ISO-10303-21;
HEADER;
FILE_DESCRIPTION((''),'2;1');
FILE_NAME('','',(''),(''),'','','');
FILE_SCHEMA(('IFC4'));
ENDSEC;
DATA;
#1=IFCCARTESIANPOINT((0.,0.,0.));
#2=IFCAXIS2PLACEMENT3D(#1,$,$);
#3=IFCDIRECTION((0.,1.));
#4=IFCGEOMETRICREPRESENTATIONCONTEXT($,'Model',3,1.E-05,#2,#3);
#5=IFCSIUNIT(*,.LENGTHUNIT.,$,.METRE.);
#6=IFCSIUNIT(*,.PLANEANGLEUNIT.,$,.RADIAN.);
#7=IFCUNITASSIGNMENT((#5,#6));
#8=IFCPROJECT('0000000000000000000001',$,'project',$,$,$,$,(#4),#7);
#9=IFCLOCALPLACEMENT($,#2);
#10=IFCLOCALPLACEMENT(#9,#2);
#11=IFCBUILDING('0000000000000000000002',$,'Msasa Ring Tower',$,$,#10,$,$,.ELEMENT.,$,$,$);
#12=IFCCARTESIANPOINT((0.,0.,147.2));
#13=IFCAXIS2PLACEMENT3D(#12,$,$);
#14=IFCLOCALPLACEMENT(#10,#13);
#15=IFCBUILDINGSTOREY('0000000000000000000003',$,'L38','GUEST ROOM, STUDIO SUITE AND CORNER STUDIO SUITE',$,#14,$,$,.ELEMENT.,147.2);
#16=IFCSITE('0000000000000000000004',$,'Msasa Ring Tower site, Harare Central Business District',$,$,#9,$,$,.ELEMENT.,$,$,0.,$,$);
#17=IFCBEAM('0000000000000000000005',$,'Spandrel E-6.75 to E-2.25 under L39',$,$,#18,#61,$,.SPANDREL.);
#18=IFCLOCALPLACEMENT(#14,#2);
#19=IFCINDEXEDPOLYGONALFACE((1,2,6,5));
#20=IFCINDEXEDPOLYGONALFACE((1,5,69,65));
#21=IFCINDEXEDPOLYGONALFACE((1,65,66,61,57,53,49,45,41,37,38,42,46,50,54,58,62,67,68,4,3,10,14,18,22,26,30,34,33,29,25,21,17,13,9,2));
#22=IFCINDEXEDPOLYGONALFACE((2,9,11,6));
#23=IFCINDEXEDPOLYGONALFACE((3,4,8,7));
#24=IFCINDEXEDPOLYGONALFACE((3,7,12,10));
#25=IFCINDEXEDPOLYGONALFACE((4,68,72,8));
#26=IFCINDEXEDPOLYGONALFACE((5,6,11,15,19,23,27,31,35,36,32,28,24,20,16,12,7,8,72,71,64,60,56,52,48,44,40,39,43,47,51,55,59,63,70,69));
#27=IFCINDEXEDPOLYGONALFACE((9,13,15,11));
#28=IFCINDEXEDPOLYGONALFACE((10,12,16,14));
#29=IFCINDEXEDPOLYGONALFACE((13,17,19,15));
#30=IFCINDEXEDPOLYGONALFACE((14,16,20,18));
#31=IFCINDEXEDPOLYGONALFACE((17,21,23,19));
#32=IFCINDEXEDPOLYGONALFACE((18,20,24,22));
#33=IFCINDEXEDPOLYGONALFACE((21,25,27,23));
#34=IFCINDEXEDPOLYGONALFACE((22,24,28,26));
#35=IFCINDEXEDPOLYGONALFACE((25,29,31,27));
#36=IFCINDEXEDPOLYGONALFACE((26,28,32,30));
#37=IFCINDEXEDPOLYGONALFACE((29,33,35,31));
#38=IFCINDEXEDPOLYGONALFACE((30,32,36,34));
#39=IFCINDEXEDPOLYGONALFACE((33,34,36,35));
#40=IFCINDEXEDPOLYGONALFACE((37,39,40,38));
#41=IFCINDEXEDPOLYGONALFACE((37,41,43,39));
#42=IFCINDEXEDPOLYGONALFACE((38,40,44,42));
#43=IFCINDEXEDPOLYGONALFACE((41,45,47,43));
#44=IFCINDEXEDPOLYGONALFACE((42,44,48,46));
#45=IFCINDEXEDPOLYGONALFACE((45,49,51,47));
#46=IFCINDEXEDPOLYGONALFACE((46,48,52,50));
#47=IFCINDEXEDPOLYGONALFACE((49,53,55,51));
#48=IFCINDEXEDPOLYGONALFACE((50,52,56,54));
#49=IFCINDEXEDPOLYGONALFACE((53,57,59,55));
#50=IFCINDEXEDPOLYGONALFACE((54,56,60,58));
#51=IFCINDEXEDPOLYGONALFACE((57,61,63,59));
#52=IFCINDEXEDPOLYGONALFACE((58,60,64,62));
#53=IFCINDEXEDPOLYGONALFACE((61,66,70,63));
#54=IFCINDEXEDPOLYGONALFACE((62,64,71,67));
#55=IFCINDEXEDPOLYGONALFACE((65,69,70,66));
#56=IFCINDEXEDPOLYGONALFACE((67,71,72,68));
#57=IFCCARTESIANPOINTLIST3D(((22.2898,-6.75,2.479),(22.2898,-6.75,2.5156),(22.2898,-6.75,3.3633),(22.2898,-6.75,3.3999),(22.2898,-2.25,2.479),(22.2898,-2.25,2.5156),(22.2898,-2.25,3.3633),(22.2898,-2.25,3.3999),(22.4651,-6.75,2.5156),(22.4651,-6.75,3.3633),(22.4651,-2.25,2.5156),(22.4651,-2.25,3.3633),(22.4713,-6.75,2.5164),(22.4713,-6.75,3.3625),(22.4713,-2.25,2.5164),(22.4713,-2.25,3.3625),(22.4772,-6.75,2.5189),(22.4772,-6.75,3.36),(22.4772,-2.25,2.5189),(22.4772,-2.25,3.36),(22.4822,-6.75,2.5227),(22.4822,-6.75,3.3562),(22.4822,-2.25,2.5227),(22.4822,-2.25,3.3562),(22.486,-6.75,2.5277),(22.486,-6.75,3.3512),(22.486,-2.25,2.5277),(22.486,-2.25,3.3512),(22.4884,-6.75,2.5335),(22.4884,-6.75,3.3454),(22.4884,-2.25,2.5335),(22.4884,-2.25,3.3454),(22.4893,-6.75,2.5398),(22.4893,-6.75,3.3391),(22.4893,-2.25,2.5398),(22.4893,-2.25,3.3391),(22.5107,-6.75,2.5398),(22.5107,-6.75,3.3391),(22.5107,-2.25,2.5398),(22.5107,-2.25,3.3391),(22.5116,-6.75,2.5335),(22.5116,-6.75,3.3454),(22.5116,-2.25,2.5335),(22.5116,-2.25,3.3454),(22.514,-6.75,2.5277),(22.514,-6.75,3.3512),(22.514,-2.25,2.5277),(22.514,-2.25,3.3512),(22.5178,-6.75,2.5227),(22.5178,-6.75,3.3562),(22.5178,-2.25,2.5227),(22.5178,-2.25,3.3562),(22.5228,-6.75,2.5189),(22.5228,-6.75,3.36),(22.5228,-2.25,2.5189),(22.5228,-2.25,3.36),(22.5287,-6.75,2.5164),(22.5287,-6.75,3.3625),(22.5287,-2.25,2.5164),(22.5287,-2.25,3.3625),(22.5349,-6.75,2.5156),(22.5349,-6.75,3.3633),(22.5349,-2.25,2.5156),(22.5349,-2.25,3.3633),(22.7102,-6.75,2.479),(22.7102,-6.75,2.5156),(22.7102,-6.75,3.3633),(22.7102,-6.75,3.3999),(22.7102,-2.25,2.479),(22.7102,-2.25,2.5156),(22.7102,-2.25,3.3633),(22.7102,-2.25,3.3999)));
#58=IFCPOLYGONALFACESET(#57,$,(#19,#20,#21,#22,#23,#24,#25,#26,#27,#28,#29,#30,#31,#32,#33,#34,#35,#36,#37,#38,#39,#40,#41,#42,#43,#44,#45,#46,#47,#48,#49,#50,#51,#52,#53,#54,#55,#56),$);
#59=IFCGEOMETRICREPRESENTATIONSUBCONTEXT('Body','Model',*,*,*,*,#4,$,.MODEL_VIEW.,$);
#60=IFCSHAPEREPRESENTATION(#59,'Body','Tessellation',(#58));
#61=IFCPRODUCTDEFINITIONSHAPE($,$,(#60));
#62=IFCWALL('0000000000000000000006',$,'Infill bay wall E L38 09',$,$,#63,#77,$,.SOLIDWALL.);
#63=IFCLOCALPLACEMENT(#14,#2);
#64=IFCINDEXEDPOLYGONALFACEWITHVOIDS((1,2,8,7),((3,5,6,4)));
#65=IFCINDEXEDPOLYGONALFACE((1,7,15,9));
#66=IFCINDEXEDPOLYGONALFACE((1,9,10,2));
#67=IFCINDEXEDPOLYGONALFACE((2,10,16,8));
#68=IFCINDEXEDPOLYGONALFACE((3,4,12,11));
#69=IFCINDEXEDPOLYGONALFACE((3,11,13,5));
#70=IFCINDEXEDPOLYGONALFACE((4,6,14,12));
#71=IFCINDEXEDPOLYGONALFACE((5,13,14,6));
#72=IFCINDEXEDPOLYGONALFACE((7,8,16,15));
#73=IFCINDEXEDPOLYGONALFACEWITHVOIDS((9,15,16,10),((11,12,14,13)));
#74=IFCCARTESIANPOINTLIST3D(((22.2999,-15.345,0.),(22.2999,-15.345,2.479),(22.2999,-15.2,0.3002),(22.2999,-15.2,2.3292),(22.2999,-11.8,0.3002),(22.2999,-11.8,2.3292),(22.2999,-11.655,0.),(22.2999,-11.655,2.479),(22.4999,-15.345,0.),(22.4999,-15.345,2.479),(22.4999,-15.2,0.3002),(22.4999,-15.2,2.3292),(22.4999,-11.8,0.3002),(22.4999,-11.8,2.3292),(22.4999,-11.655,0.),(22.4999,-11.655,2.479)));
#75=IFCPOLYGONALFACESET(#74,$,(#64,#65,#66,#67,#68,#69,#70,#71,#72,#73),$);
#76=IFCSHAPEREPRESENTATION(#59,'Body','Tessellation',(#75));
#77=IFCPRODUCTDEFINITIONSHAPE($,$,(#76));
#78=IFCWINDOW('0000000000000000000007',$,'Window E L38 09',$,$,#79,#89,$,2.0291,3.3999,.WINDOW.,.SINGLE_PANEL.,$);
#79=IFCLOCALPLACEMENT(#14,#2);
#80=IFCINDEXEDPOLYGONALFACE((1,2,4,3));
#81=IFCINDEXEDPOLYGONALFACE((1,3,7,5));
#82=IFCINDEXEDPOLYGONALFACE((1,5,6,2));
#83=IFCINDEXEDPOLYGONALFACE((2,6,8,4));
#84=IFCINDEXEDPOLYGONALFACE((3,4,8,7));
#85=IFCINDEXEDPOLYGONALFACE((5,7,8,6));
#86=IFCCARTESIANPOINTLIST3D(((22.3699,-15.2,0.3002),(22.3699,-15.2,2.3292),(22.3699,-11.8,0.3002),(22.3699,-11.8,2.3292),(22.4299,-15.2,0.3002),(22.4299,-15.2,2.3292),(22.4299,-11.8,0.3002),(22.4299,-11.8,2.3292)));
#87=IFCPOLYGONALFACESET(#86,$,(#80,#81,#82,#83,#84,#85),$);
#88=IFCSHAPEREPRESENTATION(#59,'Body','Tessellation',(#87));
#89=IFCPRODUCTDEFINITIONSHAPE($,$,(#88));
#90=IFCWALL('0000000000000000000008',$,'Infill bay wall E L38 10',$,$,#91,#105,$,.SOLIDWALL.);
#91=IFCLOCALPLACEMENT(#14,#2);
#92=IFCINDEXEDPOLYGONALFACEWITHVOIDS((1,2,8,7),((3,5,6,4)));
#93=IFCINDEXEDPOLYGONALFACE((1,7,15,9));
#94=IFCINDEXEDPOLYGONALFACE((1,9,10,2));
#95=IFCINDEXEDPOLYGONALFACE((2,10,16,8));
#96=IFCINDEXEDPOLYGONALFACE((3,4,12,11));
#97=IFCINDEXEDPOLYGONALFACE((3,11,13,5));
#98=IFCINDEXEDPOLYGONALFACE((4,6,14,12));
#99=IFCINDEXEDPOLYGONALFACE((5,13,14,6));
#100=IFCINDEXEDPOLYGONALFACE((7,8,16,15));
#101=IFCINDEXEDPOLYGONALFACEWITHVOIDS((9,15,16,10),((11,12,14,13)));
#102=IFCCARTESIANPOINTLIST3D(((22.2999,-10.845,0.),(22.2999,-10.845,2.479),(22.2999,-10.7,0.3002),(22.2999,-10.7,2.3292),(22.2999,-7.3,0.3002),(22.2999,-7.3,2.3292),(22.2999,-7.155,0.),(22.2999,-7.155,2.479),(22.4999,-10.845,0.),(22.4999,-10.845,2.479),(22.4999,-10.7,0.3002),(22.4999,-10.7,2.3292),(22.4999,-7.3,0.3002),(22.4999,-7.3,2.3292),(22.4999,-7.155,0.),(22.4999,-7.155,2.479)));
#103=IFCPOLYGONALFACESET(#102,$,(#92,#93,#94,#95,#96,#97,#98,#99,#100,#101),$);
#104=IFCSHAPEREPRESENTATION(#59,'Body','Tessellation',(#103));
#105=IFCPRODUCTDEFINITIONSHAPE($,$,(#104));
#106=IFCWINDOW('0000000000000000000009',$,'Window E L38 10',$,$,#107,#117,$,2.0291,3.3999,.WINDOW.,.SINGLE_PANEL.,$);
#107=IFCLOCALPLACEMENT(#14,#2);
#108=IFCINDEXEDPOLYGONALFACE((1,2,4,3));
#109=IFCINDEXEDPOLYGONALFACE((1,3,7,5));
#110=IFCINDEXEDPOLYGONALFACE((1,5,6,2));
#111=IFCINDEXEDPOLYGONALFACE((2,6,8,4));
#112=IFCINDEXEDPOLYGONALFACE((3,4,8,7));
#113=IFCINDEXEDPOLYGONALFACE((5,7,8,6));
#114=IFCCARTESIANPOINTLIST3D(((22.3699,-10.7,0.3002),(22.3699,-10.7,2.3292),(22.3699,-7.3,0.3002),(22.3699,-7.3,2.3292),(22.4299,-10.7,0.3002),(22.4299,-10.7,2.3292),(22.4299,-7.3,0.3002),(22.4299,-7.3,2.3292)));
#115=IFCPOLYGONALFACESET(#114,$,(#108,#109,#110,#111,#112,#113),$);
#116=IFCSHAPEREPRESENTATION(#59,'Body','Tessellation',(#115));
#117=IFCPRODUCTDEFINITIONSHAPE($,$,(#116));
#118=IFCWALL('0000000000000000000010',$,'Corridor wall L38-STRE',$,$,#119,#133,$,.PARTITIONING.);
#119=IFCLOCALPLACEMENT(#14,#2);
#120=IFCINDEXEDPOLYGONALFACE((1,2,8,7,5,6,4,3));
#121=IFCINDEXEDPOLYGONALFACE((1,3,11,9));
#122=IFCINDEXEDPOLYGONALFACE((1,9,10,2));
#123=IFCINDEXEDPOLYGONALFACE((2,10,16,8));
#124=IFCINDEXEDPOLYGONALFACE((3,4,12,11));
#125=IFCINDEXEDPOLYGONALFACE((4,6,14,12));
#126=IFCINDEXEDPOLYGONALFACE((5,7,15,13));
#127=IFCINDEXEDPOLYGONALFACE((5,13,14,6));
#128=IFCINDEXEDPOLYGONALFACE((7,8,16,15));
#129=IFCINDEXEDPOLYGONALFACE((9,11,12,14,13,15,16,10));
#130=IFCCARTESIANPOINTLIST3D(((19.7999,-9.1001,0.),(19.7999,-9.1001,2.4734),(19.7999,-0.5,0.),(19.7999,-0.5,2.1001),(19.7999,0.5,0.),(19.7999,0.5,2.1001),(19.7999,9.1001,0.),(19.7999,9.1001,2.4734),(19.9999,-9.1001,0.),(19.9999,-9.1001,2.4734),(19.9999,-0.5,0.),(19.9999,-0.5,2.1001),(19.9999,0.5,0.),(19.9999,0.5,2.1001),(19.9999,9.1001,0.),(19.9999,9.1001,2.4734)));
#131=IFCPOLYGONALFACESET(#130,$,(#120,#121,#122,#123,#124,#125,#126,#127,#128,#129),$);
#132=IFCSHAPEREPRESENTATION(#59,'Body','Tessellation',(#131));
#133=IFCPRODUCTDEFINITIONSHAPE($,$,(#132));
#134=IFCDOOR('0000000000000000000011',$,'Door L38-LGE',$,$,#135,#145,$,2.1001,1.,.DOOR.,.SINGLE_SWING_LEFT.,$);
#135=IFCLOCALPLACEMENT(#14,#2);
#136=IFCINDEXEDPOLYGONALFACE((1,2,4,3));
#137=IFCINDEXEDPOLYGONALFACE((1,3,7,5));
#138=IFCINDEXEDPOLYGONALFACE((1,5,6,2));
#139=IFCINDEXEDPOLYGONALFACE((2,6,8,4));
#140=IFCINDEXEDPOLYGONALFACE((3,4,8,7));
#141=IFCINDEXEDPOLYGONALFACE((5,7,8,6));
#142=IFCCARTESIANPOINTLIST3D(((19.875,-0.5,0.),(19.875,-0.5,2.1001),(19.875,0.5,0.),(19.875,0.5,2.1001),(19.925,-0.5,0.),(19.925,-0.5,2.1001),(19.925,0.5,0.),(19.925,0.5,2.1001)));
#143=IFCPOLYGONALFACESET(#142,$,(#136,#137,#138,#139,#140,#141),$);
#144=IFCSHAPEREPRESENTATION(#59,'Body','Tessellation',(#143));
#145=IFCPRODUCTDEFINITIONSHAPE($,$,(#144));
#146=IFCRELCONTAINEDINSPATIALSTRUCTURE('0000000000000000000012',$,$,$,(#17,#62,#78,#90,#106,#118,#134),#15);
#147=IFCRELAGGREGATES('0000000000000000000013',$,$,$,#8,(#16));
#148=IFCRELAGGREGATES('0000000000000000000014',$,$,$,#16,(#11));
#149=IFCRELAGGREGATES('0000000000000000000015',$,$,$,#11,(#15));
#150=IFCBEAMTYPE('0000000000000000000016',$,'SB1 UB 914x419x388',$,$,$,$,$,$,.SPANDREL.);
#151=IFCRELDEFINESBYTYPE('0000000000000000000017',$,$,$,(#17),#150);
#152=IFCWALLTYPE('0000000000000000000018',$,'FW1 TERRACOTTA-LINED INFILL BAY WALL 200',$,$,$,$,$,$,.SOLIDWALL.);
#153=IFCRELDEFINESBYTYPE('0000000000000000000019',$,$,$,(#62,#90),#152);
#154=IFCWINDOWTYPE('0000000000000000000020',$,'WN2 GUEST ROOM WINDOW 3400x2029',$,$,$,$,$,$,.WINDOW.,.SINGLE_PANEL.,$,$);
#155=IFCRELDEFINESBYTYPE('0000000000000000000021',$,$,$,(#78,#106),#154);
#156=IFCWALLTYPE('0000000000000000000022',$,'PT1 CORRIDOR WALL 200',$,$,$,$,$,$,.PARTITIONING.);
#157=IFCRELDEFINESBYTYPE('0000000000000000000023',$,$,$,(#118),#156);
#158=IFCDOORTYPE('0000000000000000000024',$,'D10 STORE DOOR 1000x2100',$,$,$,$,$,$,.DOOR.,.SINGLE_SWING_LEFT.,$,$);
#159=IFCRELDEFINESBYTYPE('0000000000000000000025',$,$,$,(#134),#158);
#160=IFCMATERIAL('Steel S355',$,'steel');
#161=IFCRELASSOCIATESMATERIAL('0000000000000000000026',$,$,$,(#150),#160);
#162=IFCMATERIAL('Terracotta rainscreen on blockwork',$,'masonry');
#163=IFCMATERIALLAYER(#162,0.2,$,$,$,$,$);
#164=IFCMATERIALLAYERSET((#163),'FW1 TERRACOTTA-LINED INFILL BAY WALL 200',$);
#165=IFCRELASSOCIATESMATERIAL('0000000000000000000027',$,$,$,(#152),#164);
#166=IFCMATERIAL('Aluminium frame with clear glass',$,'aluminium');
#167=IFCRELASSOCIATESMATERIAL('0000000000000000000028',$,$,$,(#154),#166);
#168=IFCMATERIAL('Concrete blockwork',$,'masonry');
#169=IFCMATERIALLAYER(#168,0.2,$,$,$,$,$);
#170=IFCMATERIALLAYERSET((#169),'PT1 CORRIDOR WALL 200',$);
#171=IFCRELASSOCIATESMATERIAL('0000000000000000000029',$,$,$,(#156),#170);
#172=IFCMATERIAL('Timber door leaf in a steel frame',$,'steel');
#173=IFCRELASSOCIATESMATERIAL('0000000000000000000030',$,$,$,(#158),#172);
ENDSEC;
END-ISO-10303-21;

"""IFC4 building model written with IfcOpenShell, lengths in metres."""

from ifc_helpers import new_model, si_unit, direction, frame, frame_2d, origin, origin_2d, place, context, subcontext, project, spatial, rectangle, i_section, extrude, material, layer, layer_set, material_profile, profile_set, type_object, element, fill, save


model = new_model("IFC4")

# Units and contexts
model_context = context("Model", 3, precision=1e-05, world=origin(), true_north=direction((0.0, 1.0)))
body_context = subcontext(model_context, "Body", "Model", "MODEL_VIEW")
ifc_project = project(units=[si_unit("LENGTHUNIT", "METRE"), si_unit("PLANEANGLEUNIT", "RADIAN")], contexts=[model_context])

# Site, building, storey
site_placement = place(None, origin())
site = spatial("IfcSite", under=ifc_project, at=site_placement, Name="Msasa Ring Tower site, Harare Central Business District", CompositionType="ELEMENT", RefElevation=0.0)
building_placement = place(site_placement, origin())
building = spatial("IfcBuilding", under=site, at=building_placement, Name="Msasa Ring Tower", CompositionType="ELEMENT")
storey_placement = place(building_placement, frame((0.0, 0.0, 147.2)))
storey = spatial("IfcBuildingStorey", under=building, at=storey_placement, Name="L38", Description="GUEST ROOM, STUDIO SUITE AND CORNER STUDIO SUITE", CompositionType="ELEMENT", Elevation=147.2)

# Beam
ifc_material_1 = material(Name="Steel S355", Category="steel")
ifc_material_profile_1 = material_profile(ifc_material_1, i_section(OverallWidth=0.4204, OverallDepth=0.9209, WebThickness=0.0215, FlangeThickness=0.0366, FilletRadius=0.0242, at=origin_2d()), Name="UB 914x419x388")
ifc_profile_set_1 = profile_set([ifc_material_profile_1], Name="Steel S355")
beam_type_1 = type_object("IfcBeamType", Name="SB1 UB 914x419x388", PredefinedType="SPANDREL", material=ifc_profile_set_1)
for number, where, z_axis, x_axis, name in (
    (1, (22.5, -6.75, 2.9395), (0.0, 1.0, 0.0), (-1.0, 0.0, 0.0), "Spandrel E-6.75 to E-2.25 under L39"),
):
    element("IfcBeam", number, at=place(storey_placement, frame(where, z_axis=z_axis, x_axis=x_axis)), inside=storey, type_object=beam_type_1, Name=name, PredefinedType="SPANDREL", context=body_context, shape_type="SweptSolid", body=[
        extrude(i_section(OverallWidth=0.4204, OverallDepth=0.9209, WebThickness=0.0215, FlangeThickness=0.0366, FilletRadius=0.0242, at=origin_2d()), origin(), (0.0, 0.0, 1.0), 4.5),
    ])

# Walls, openings, windows
ifc_material_2 = material(Name="Terracotta rainscreen on blockwork", Category="masonry")
ifc_layer_1 = layer(ifc_material_2, 0.2)
ifc_layer_set_1 = layer_set([ifc_layer_1], Name="FW1 TERRACOTTA-LINED INFILL BAY WALL 200")
wall_type_1 = type_object("IfcWallType", Name="FW1 TERRACOTTA-LINED INFILL BAY WALL 200", PredefinedType="SOLIDWALL", material=ifc_layer_set_1)
wall_1_placement = place(storey_placement, frame((22.3999, -15.345, 0.0), z_axis=(0.0, 0.0, 1.0), x_axis=(0.0, 1.0, 0.0)))
wall_1 = element("IfcWall", 2, at=wall_1_placement, inside=storey, type_object=wall_type_1, Name="Infill bay wall E L38 09", PredefinedType="SOLIDWALL", context=body_context, shape_type="SweptSolid", body=[
    extrude(rectangle(XDim=3.6899, YDim=0.2, at=frame_2d((1.845, 0.0))), origin(), (0.0, 0.0, 1.0), 2.479),
])
opening_1_placement = place(wall_1_placement, frame((0.145, 0.0, 0.3)))
opening_1 = element("IfcOpeningElement", 3, at=opening_1_placement, cuts=wall_1, PredefinedType="OPENING", context=body_context, shape_type="SweptSolid", body=[
    extrude(rectangle(XDim=3.3999, YDim=2.0291, at=frame_2d((1.7, 1.0146))), frame((0.0, 0.1099, 0.0), z_axis=(0.0, -1.0, 0.0), x_axis=(1.0, 0.0, 0.0)), (0.0, 0.0, 1.0), 0.22),
])
ifc_material_3 = material(Name="Aluminium frame with clear glass", Category="aluminium")
window_type = type_object("IfcWindowType", Name="WN2 GUEST ROOM WINDOW 3400x2029", PartitioningType="SINGLE_PANEL", PredefinedType="WINDOW", material=ifc_material_3)
window_1_placement = place(opening_1_placement, origin())
window_1 = element("IfcWindow", 4, at=window_1_placement, inside=storey, type_object=window_type, Name="Window E L38 09", OverallHeight=2.0291, OverallWidth=3.3999, PartitioningType="SINGLE_PANEL", PredefinedType="WINDOW", context=body_context, shape_type="SweptSolid", body=[
    extrude(rectangle(XDim=3.3999, YDim=2.0291, at=frame_2d((1.7, 1.0146))), frame((0.0, 0.03, 0.0), z_axis=(0.0, -1.0, 0.0), x_axis=(1.0, 0.0, 0.0)), (0.0, 0.0, 1.0), 0.0601),
])
fill(opening_1, window_1)
wall_2_placement = place(storey_placement, frame((22.3999, -10.845, 0.0), z_axis=(0.0, 0.0, 1.0), x_axis=(0.0, 1.0, 0.0)))
wall_2 = element("IfcWall", 5, at=wall_2_placement, inside=storey, type_object=wall_type_1, Name="Infill bay wall E L38 10", PredefinedType="SOLIDWALL", context=body_context, shape_type="SweptSolid", body=[
    extrude(rectangle(XDim=3.6899, YDim=0.2, at=frame_2d((1.845, 0.0))), origin(), (0.0, 0.0, 1.0), 2.479),
])
opening_2_placement = place(wall_2_placement, frame((0.145, 0.0, 0.3)))
opening_2 = element("IfcOpeningElement", 6, at=opening_2_placement, cuts=wall_2, PredefinedType="OPENING", context=body_context, shape_type="SweptSolid", body=[
    extrude(rectangle(XDim=3.3999, YDim=2.0291, at=frame_2d((1.7, 1.0146))), frame((0.0, 0.1099, 0.0), z_axis=(0.0, -1.0, 0.0), x_axis=(1.0, 0.0, 0.0)), (0.0, 0.0, 1.0), 0.22),
])
window_2_placement = place(opening_2_placement, origin())
window_2 = element("IfcWindow", 7, at=window_2_placement, inside=storey, type_object=window_type, Name="Window E L38 10", OverallHeight=2.0291, OverallWidth=3.3999, PartitioningType="SINGLE_PANEL", PredefinedType="WINDOW", context=body_context, shape_type="SweptSolid", body=[
    extrude(rectangle(XDim=3.3999, YDim=2.0291, at=frame_2d((1.7, 1.0146))), frame((0.0, 0.03, 0.0), z_axis=(0.0, -1.0, 0.0), x_axis=(1.0, 0.0, 0.0)), (0.0, 0.0, 1.0), 0.0601),
])
fill(opening_2, window_2)

# Wall, opening, door
ifc_material_4 = material(Name="Concrete blockwork", Category="masonry")
ifc_layer_2 = layer(ifc_material_4, 0.2)
ifc_layer_set_2 = layer_set([ifc_layer_2], Name="PT1 CORRIDOR WALL 200")
wall_type_2 = type_object("IfcWallType", Name="PT1 CORRIDOR WALL 200", PredefinedType="PARTITIONING", material=ifc_layer_set_2)
wall_3_placement = place(storey_placement, frame((19.8999, -9.1001, 0.0), z_axis=(0.0, 0.0, 1.0), x_axis=(0.0, 1.0, 0.0)))
wall_3 = element("IfcWall", 8, at=wall_3_placement, inside=storey, type_object=wall_type_2, Name="Corridor wall L38-STRE", PredefinedType="PARTITIONING", context=body_context, shape_type="SweptSolid", body=[
    extrude(rectangle(XDim=18.2002, YDim=0.2, at=frame_2d((9.1001, 0.0))), origin(), (0.0, 0.0, 1.0), 2.4734),
])
opening_3_placement = place(wall_3_placement, frame((8.6001, 0.0, 0.0)))
opening_3 = element("IfcOpeningElement", 9, at=opening_3_placement, cuts=wall_3, PredefinedType="OPENING", context=body_context, shape_type="SweptSolid", body=[
    extrude(rectangle(XDim=1.0, YDim=2.1001, at=frame_2d((0.5, 1.05))), frame((0.0, 0.1099, 0.0), z_axis=(0.0, -1.0, 0.0), x_axis=(1.0, 0.0, 0.0)), (0.0, 0.0, 1.0), 0.22),
])
ifc_material_5 = material(Name="Timber door leaf in a steel frame", Category="steel")
door_type_1 = type_object("IfcDoorType", Name="D10 STORE DOOR 1000x2100", OperationType="SINGLE_SWING_LEFT", PredefinedType="DOOR", material=ifc_material_5)
door_1_placement = place(opening_3_placement, origin())
door_1 = element("IfcDoor", 10, at=door_1_placement, inside=storey, type_object=door_type_1, Name="Door L38-LGE", OperationType="SINGLE_SWING_LEFT", OverallHeight=2.1001, OverallWidth=1.0, PredefinedType="DOOR", context=body_context, shape_type="SweptSolid", body=[
    extrude(rectangle(XDim=1.0, YDim=2.1001, at=frame_2d((0.5, 1.05))), frame((0.0, 0.0249, 0.0), z_axis=(0.0, -1.0, 0.0), x_axis=(1.0, 0.0, 0.0)), (0.0, 0.0, 1.0), 0.05),
])
fill(opening_3, door_1)

save(model, "model.ifc")
